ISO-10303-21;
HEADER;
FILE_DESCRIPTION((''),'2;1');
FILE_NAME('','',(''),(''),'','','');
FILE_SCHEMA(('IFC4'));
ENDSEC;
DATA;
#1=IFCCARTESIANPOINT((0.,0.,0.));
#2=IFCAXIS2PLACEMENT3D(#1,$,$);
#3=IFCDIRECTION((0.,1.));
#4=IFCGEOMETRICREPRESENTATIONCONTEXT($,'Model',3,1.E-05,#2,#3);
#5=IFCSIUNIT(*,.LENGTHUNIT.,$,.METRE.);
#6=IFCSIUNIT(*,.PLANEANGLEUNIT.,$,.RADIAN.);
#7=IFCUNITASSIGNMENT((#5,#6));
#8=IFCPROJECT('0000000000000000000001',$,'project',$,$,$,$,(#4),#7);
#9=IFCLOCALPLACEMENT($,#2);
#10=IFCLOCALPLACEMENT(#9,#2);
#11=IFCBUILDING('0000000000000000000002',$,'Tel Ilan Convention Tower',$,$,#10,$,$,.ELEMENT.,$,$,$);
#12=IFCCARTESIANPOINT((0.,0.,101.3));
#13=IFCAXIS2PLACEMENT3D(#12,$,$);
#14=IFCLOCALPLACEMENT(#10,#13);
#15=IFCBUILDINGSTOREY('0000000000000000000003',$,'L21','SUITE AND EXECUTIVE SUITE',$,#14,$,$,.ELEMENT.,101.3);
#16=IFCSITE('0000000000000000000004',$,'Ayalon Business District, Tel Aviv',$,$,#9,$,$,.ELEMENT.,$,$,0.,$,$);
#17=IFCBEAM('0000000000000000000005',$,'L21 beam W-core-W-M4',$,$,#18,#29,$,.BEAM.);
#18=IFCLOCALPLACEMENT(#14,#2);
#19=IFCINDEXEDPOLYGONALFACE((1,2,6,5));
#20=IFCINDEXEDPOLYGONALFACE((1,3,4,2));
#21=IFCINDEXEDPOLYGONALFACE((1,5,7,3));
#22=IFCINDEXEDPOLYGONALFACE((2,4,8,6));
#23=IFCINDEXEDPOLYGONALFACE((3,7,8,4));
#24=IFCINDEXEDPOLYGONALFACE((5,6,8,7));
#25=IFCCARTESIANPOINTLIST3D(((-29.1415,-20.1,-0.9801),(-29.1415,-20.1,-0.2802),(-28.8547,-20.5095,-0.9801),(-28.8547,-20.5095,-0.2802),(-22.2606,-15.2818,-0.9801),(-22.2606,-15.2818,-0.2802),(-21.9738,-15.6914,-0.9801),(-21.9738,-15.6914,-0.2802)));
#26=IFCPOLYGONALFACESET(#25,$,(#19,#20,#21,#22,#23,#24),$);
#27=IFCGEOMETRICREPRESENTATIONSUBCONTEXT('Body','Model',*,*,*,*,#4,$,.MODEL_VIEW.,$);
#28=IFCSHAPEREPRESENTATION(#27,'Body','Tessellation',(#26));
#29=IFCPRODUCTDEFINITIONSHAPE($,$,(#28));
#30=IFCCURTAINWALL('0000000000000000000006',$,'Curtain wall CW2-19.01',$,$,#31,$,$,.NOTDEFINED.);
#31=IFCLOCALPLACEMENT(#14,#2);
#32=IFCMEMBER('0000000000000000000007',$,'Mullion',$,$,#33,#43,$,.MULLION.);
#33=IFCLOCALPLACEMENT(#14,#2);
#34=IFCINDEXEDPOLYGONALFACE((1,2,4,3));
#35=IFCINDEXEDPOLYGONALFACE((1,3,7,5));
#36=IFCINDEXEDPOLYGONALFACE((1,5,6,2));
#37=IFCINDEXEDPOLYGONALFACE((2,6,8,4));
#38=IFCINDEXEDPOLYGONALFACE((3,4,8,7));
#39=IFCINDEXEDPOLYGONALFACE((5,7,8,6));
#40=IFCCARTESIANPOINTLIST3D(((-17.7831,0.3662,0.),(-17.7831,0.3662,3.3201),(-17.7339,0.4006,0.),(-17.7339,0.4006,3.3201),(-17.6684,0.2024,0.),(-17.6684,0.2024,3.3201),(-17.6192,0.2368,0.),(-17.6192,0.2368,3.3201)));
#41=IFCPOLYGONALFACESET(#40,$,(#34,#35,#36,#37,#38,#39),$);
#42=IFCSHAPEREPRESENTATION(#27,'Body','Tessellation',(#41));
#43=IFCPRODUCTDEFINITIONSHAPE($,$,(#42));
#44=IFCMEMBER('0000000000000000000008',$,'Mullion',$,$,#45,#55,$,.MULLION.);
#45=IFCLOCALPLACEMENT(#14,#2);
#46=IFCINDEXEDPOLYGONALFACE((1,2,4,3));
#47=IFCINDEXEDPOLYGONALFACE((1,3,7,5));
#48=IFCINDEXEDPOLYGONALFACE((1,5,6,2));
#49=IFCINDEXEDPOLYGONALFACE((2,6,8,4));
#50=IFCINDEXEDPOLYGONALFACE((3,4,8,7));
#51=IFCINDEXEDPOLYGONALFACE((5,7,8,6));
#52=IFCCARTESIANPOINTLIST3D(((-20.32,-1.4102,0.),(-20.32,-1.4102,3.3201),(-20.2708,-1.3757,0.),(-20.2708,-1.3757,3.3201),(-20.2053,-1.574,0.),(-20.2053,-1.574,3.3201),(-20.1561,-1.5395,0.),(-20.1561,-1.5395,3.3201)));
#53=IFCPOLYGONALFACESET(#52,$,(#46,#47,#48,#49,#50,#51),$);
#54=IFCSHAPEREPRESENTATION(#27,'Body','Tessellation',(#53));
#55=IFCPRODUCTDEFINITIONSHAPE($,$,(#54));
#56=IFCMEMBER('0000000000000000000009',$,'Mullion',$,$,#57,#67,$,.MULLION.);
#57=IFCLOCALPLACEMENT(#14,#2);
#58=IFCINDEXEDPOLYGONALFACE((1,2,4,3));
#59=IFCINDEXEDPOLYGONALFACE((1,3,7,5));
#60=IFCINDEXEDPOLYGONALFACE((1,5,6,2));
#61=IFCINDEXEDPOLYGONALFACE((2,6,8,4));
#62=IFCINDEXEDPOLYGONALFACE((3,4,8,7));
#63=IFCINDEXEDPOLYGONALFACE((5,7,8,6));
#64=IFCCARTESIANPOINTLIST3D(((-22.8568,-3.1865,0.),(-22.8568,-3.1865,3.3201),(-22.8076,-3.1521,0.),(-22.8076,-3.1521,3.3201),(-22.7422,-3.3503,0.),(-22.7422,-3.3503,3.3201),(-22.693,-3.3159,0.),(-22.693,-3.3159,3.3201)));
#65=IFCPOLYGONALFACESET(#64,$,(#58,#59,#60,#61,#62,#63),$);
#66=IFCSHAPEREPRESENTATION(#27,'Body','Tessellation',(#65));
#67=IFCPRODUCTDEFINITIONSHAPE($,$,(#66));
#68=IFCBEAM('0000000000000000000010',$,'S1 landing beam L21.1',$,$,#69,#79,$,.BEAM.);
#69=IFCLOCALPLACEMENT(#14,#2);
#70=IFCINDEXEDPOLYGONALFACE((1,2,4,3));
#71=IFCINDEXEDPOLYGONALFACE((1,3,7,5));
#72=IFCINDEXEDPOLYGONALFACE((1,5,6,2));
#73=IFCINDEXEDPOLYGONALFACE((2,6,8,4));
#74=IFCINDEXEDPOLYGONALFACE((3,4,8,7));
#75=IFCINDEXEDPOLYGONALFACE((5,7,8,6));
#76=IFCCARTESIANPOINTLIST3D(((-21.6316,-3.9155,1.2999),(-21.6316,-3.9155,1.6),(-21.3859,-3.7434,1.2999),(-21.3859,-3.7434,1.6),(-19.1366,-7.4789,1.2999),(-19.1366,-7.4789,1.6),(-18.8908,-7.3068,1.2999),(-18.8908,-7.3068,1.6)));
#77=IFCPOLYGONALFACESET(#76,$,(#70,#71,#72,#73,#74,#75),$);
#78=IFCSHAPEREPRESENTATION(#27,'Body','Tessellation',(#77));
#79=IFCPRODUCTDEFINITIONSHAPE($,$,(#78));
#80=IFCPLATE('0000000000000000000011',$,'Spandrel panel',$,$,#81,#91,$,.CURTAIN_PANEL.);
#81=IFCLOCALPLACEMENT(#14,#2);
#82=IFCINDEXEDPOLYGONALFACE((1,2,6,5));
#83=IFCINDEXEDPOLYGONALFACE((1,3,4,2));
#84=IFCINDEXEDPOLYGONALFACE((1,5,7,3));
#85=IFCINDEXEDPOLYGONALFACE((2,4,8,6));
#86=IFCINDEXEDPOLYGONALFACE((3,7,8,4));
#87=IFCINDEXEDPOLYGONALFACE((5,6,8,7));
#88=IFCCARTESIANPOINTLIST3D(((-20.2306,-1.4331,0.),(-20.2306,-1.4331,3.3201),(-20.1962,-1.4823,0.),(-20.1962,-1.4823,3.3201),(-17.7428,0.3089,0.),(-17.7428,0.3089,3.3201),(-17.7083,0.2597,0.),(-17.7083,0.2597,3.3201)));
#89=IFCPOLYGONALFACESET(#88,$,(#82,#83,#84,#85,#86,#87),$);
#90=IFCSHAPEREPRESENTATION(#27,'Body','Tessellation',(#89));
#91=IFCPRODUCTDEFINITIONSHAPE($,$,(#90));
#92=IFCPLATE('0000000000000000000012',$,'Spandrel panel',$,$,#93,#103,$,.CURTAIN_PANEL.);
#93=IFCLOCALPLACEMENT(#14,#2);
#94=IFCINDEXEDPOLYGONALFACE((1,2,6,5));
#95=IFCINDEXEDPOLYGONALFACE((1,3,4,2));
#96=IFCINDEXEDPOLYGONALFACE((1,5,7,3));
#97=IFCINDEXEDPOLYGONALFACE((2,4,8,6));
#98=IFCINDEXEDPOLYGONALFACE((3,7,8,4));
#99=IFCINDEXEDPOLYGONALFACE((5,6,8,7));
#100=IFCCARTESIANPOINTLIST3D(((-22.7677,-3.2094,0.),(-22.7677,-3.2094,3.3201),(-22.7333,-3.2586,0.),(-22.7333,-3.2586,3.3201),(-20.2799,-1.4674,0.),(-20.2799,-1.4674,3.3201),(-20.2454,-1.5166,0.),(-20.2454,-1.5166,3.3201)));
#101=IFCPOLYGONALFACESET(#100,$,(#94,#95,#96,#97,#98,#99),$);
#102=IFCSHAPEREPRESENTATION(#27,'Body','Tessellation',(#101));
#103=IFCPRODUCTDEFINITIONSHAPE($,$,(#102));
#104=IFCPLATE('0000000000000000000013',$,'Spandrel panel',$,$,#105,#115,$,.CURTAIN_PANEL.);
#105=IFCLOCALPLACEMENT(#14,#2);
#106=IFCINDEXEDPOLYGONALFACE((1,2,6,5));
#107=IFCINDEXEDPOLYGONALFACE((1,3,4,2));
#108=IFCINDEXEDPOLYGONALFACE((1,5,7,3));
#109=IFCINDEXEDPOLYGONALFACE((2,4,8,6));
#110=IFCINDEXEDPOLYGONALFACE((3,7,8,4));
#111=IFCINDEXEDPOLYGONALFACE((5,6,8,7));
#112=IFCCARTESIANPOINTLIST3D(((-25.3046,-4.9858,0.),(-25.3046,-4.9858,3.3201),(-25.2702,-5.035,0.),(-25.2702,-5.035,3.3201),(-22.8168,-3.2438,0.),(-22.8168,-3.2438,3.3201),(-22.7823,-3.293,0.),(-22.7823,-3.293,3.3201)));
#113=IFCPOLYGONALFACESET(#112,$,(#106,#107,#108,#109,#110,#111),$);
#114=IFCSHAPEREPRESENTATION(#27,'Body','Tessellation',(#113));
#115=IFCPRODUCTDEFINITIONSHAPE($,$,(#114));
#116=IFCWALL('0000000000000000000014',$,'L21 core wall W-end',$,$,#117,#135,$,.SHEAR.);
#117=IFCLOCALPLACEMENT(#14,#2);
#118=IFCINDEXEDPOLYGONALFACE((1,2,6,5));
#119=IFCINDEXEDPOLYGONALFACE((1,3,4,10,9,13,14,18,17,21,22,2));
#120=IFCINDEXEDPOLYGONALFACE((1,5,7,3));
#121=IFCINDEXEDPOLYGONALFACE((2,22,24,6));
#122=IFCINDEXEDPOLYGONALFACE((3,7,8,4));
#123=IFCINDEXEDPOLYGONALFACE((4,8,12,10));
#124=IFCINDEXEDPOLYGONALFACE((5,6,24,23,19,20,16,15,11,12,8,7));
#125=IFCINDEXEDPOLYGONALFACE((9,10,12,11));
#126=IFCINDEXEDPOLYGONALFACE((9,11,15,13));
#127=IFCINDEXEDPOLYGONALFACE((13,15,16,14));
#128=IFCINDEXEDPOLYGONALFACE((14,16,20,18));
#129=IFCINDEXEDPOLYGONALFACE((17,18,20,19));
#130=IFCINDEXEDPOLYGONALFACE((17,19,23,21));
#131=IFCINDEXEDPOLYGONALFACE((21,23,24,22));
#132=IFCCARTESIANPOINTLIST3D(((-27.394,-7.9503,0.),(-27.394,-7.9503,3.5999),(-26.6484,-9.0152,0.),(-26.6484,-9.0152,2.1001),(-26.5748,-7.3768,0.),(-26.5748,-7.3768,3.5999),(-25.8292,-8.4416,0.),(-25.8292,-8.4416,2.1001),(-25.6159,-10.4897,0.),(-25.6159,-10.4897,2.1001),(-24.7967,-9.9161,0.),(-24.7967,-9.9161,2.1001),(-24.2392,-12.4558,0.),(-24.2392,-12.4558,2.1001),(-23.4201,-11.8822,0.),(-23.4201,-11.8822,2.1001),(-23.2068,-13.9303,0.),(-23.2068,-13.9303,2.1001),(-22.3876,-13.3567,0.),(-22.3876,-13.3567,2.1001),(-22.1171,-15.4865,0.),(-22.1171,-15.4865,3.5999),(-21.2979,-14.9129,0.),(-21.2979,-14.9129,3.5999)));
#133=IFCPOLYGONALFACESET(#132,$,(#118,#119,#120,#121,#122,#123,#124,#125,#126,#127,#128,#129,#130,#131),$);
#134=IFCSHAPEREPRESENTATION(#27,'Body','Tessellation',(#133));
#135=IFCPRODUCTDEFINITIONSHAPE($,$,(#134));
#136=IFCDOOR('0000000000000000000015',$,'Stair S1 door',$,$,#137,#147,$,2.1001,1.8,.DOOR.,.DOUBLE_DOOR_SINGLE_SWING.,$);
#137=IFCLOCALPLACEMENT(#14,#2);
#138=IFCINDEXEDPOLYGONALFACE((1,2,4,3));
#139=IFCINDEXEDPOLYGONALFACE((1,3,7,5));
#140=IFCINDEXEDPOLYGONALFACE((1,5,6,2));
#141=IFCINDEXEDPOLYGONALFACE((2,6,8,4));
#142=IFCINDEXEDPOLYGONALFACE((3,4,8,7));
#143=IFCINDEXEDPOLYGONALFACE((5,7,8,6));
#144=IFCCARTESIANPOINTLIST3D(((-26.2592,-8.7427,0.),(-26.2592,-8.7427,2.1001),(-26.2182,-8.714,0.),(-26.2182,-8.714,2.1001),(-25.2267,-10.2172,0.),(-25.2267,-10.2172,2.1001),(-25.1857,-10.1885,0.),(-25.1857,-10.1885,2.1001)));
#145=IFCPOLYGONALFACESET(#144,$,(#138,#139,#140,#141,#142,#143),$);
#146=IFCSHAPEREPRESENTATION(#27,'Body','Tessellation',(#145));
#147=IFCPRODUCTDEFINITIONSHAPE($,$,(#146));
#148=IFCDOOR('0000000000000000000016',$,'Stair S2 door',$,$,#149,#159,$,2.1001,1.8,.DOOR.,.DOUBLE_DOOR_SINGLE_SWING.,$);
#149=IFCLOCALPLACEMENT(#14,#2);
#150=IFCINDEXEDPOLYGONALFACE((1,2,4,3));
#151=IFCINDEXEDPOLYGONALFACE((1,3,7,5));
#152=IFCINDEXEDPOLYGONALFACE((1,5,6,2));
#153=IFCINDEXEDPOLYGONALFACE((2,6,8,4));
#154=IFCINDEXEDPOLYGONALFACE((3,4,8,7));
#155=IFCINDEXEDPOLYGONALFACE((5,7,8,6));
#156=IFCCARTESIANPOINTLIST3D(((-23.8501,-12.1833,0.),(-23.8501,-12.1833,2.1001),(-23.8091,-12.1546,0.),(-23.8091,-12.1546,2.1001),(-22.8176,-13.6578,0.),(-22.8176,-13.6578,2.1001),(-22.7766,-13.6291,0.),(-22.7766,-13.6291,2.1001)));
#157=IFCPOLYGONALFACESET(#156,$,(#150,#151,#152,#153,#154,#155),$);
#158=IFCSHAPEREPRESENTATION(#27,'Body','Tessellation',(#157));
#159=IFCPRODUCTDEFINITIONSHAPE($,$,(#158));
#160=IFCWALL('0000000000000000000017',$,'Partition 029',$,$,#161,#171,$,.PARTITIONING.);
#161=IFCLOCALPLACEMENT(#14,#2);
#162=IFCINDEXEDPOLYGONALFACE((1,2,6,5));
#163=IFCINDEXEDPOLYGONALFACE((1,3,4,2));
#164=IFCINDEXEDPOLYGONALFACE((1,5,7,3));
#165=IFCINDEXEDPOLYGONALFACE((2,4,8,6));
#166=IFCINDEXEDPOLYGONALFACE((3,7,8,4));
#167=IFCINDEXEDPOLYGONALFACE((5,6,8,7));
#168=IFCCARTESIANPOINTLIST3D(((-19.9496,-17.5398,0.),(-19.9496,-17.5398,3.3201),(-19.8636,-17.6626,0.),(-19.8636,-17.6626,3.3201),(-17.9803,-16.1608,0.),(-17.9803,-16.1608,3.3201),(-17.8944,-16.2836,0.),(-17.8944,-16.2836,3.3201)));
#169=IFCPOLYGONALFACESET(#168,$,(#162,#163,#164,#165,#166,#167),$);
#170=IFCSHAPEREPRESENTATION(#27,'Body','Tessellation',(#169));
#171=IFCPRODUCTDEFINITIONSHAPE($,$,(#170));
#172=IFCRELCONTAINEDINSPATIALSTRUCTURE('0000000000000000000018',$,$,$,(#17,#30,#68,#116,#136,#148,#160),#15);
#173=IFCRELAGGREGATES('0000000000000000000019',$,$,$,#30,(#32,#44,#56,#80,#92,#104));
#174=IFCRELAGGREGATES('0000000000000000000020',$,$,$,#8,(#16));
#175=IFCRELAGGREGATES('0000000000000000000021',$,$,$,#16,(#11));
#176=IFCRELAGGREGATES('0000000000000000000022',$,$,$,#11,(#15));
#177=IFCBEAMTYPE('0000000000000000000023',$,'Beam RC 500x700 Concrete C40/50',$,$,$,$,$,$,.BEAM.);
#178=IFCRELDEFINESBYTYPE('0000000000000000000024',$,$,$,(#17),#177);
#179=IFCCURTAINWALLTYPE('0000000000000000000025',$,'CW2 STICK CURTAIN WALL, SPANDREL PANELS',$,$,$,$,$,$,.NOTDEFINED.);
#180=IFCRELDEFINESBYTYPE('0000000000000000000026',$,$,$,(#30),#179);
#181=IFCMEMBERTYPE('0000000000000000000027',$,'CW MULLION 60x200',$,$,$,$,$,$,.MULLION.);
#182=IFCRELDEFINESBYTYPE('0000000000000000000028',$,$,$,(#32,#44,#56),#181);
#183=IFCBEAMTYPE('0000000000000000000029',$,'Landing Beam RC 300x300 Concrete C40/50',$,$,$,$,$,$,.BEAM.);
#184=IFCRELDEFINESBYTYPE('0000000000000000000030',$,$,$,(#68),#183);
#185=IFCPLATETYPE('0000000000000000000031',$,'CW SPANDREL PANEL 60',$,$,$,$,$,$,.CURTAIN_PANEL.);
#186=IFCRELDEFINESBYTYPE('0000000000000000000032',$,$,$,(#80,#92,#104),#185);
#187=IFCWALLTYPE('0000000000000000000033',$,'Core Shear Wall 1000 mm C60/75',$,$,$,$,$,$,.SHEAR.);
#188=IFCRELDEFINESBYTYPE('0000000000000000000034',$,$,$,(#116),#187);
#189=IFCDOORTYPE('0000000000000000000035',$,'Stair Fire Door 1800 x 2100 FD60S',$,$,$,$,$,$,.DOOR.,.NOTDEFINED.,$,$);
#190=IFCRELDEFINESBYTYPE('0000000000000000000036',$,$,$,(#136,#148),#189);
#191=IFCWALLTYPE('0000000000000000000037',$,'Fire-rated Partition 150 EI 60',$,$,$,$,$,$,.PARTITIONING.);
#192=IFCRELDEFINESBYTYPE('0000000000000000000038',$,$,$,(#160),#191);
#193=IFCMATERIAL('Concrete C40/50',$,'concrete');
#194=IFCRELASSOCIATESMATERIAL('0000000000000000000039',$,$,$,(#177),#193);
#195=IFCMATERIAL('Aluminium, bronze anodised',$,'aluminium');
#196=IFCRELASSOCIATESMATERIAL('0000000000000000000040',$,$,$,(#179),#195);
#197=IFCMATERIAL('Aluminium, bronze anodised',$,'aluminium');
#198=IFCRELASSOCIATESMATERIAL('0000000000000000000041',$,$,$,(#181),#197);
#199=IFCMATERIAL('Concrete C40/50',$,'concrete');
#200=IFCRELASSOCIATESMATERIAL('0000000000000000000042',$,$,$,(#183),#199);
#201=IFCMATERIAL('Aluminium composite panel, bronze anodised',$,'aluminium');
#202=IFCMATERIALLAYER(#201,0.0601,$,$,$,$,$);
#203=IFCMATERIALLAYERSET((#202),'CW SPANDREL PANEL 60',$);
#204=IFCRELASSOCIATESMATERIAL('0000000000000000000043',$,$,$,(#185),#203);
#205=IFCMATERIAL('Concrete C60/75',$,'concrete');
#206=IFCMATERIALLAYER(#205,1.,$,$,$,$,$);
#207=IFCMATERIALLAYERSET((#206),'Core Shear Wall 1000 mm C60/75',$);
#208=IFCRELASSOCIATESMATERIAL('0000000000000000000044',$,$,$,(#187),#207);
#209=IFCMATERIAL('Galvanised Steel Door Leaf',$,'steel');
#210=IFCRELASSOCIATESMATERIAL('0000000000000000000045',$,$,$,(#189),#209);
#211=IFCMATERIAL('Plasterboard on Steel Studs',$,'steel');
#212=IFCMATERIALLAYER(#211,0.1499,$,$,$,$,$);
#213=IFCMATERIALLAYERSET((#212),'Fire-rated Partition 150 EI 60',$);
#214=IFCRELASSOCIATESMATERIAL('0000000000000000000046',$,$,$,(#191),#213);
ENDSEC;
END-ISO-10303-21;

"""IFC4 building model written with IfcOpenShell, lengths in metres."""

from ifc_helpers import new_model, si_unit, direction, frame, frame_2d, origin, origin_2d, place, context, subcontext, project, spatial, polyline, rectangle, outline, extrude, material, layer, layer_set, material_profile, profile_set, type_object, element, fill, aggregate, save


model = new_model("IFC4")

# Units and contexts
model_context = context("Model", 3, precision=1e-05, world=origin(), true_north=direction((0.0, 1.0)))
body_context = subcontext(model_context, "Body", "Model", "MODEL_VIEW")
ifc_project = project(units=[si_unit("LENGTHUNIT", "METRE"), si_unit("PLANEANGLEUNIT", "RADIAN")], contexts=[model_context])

# Site, building, storey
site_placement = place(None, origin())
site = spatial("IfcSite", under=ifc_project, at=site_placement, Name="Ayalon Business District, Tel Aviv", CompositionType="ELEMENT", RefElevation=0.0)
building_placement = place(site_placement, origin())
building = spatial("IfcBuilding", under=site, at=building_placement, Name="Tel Ilan Convention Tower", CompositionType="ELEMENT")
storey_placement = place(building_placement, frame((0.0, 0.0, 101.3)))
storey = spatial("IfcBuildingStorey", under=building, at=storey_placement, Name="L21", Description="SUITE AND EXECUTIVE SUITE", CompositionType="ELEMENT", Elevation=101.3)

# Beam
ifc_material_1 = material(Name="Concrete C40/50", Category="concrete")
ifc_material_profile_1 = material_profile(ifc_material_1, rectangle(XDim=0.5, YDim=0.7, at=origin_2d()), Name="RC 500x700")
ifc_profile_set_1 = profile_set([ifc_material_profile_1], Name="Concrete C40/50")
beam_type_1 = type_object("IfcBeamType", Name="Beam RC 500x700 Concrete C40/50", PredefinedType="BEAM", material=ifc_profile_set_1)
beam_1_placement = place(storey_placement, frame((-22.1172, -15.4866, -0.6301), z_axis=(-0.819147, -0.573583, 0.0), x_axis=(0.573583, -0.819147, 0.0)))
element("IfcBeam", 1, at=beam_1_placement, inside=storey, type_object=beam_type_1, Name="L21 beam W-core-W-M4", PredefinedType="BEAM", context=body_context, shape_type="SweptSolid", body=[
    extrude(rectangle(XDim=0.5, YDim=0.7, at=origin_2d()), origin(), (0.0, 0.0, 1.0), 8.4001),
])

# Curtain wall, members
ifc_material_2 = material(Name="Aluminium, bronze anodised", Category="aluminium")
curtain_wall_type = type_object("IfcCurtainWallType", Name="CW2 STICK CURTAIN WALL, SPANDREL PANELS", PredefinedType="NOTDEFINED", material=ifc_material_2)
curtain_wall_placement = place(storey_placement, origin())
curtain_wall = element("IfcCurtainWall", 2, at=curtain_wall_placement, inside=storey, type_object=curtain_wall_type, Name="Curtain wall CW2-19.01", PredefinedType="NOTDEFINED")
ifc_material_3 = material(Name="Aluminium, bronze anodised", Category="aluminium")
ifc_material_profile_2 = material_profile(ifc_material_3, rectangle(XDim=0.0601, YDim=0.2, at=origin_2d()), Name="CW MULLION 60x200")
ifc_profile_set_2 = profile_set([ifc_material_profile_2], Name="Aluminium, bronze anodised")
member_type = type_object("IfcMemberType", Name="CW MULLION 60x200", PredefinedType="MULLION", material=ifc_profile_set_2)
member_1_placement = place(storey_placement, frame((-17.7012, 0.3015, 0.0), z_axis=(0.0, 0.0, 1.0), x_axis=(-0.819152, -0.573576, 0.0)))
member_1 = element("IfcMember", 3, at=member_1_placement, type_object=member_type, Name="Mullion", PredefinedType="MULLION", context=body_context, shape_type="SweptSolid", body=[
    extrude(rectangle(XDim=0.0601, YDim=0.2, at=origin_2d()), origin(), (0.0, 0.0, 1.0), 3.3201),
])
member_2_placement = place(storey_placement, frame((-20.238, -1.4749, 0.0), z_axis=(0.0, 0.0, 1.0), x_axis=(-0.819152, -0.573576, 0.0)))
member_2 = element("IfcMember", 4, at=member_2_placement, type_object=member_type, Name="Mullion", PredefinedType="MULLION", context=body_context, shape_type="SweptSolid", body=[
    extrude(rectangle(XDim=0.0601, YDim=0.2, at=origin_2d()), origin(), (0.0, 0.0, 1.0), 3.3201),
])
member_3_placement = place(storey_placement, frame((-22.7749, -3.2512, 0.0), z_axis=(0.0, 0.0, 1.0), x_axis=(-0.819152, -0.573576, 0.0)))
member_3 = element("IfcMember", 5, at=member_3_placement, type_object=member_type, Name="Mullion", PredefinedType="MULLION", context=body_context, shape_type="SweptSolid", body=[
    extrude(rectangle(XDim=0.0601, YDim=0.2, at=origin_2d()), origin(), (0.0, 0.0, 1.0), 3.3201),
])

# Beam
ifc_material_4 = material(Name="Concrete C40/50", Category="concrete")
ifc_material_profile_3 = material_profile(ifc_material_4, rectangle(XDim=0.3, YDim=0.3, at=origin_2d()), Name="RC 300x300")
ifc_profile_set_3 = profile_set([ifc_material_profile_3], Name="Concrete C40/50")
beam_type_2 = type_object("IfcBeamType", Name="Landing Beam RC 300x300 Concrete C40/50", PredefinedType="BEAM", material=ifc_profile_set_3)
beam_2_placement = place(storey_placement, frame((-19.0137, -7.3928, 1.45), z_axis=(-0.573568, 0.819158, 0.0), x_axis=(-0.819158, -0.573568, 0.0)))
element("IfcBeam", 6, at=beam_2_placement, inside=storey, type_object=beam_type_2, Name="S1 landing beam L21.1", PredefinedType="BEAM", context=body_context, shape_type="SweptSolid", body=[
    extrude(rectangle(XDim=0.3, YDim=0.3, at=origin_2d()), origin(), (0.0, 0.0, 1.0), 4.3501),
])

# Plates
ifc_material_5 = material(Name="Aluminium composite panel, bronze anodised", Category="aluminium")
ifc_layer_1 = layer(ifc_material_5, 0.0601)
ifc_layer_set_1 = layer_set([ifc_layer_1], Name="CW SPANDREL PANEL 60")
plate_type = type_object("IfcPlateType", Name="CW SPANDREL PANEL 60", PredefinedType="CURTAIN_PANEL", material=ifc_layer_set_1)
plate_1_placement = place(storey_placement, frame((-18.9695, -0.5867, 0.0), z_axis=(0.0, 0.0, 1.0), x_axis=(-0.819152, -0.573576, 0.0)))
plate_1 = element("IfcPlate", 7, at=plate_1_placement, type_object=plate_type, Name="Spandrel panel", PredefinedType="CURTAIN_PANEL", context=body_context, shape_type="SweptSolid", body=[
    extrude(rectangle(XDim=3.0371, YDim=0.0601, at=origin_2d()), origin(), (0.0, 0.0, 1.0), 3.3201),
])
plate_2_placement = place(storey_placement, frame((-21.5066, -2.363, 0.0), z_axis=(0.0, 0.0, 1.0), x_axis=(-0.819152, -0.573576, 0.0)))
plate_2 = element("IfcPlate", 8, at=plate_2_placement, type_object=plate_type, Name="Spandrel panel", PredefinedType="CURTAIN_PANEL", context=body_context, shape_type="SweptSolid", body=[
    extrude(rectangle(XDim=3.0371, YDim=0.0601, at=origin_2d()), origin(), (0.0, 0.0, 1.0), 3.3201),
])
plate_3_placement = place(storey_placement, frame((-24.0435, -4.1394, 0.0), z_axis=(0.0, 0.0, 1.0), x_axis=(-0.819152, -0.573576, 0.0)))
plate_3 = element("IfcPlate", 9, at=plate_3_placement, type_object=plate_type, Name="Spandrel panel", PredefinedType="CURTAIN_PANEL", context=body_context, shape_type="SweptSolid", body=[
    extrude(rectangle(XDim=3.0371, YDim=0.0601, at=origin_2d()), origin(), (0.0, 0.0, 1.0), 3.3201),
])
aggregate(curtain_wall, [member_1, member_2, member_3, plate_1, plate_2, plate_3])

# Wall, openings, doors
ifc_material_6 = material(Name="Concrete C60/75", Category="concrete")
ifc_layer_2 = layer(ifc_material_6, 1.0)
ifc_layer_set_2 = layer_set([ifc_layer_2], Name="Core Shear Wall 1000 mm C60/75")
wall_type_1 = type_object("IfcWallType", Name="Core Shear Wall 1000 mm C60/75", PredefinedType="SHEAR", material=ifc_layer_set_2)
wall_1_placement = place(storey_placement, frame((-21.7075, -15.1997, 0.0), z_axis=(0.0, 0.0, 1.0), x_axis=(-0.573576, 0.819152, 0.0)))
wall_1 = element("IfcWall", 10, at=wall_1_placement, inside=storey, type_object=wall_type_1, Name="L21 core wall W-end", PredefinedType="SHEAR", context=body_context, shape_type="SweptSolid", body=[
    extrude(outline(polyline([(0.0, 0.5), (0.0, -0.5), (9.2, -0.5), (9.2, 0.5), (0.0, 0.5)])), origin(), (0.0, 0.0, 1.0), 3.5999),
])
opening_1_placement = place(wall_1_placement, frame((6.1001, 0.0, 0.0)))
opening_1 = element("IfcOpeningElement", 11, at=opening_1_placement, cuts=wall_1, PredefinedType="OPENING", context=body_context, shape_type="SweptSolid", body=[
    extrude(rectangle(XDim=1.8, YDim=2.1001, at=frame_2d((0.8999, 1.05))), frame((0.0, 0.51, 0.0), z_axis=(0.0, -1.0, 0.0), x_axis=(1.0, 0.0, 0.0)), (0.0, 0.0, 1.0), 1.02),
])
opening_2_placement = place(wall_1_placement, frame((1.8999, 0.0, 0.0)))
opening_2 = element("IfcOpeningElement", 12, at=opening_2_placement, cuts=wall_1, PredefinedType="OPENING", context=body_context, shape_type="SweptSolid", body=[
    extrude(rectangle(XDim=1.8, YDim=2.1001, at=frame_2d((0.8999, 1.05))), frame((0.0, 0.51, 0.0), z_axis=(0.0, -1.0, 0.0), x_axis=(1.0, 0.0, 0.0)), (0.0, 0.0, 1.0), 1.02),
])
ifc_material_7 = material(Name="Galvanised Steel Door Leaf", Category="steel")
door_type = type_object("IfcDoorType", Name="Stair Fire Door 1800 x 2100 FD60S", OperationType="NOTDEFINED", PredefinedType="DOOR", material=ifc_material_7)
door_1_placement = place(opening_1_placement, origin())
door_1 = element("IfcDoor", 13, at=door_1_placement, inside=storey, type_object=door_type, Name="Stair S1 door", OperationType="DOUBLE_DOOR_SINGLE_SWING", OverallHeight=2.1001, OverallWidth=1.8, PredefinedType="DOOR", context=body_context, shape_type="SweptSolid", body=[
    extrude(rectangle(XDim=1.8, YDim=2.1001, at=frame_2d((0.8999, 1.05))), frame((0.0, 0.0249, 0.0), z_axis=(0.0, -1.0, 0.0), x_axis=(1.0, 0.0, 0.0)), (0.0, 0.0, 1.0), 0.05),
])
fill(opening_1, door_1)
door_2_placement = place(opening_2_placement, origin())
door_2 = element("IfcDoor", 14, at=door_2_placement, inside=storey, type_object=door_type, Name="Stair S2 door", OperationType="DOUBLE_DOOR_SINGLE_SWING", OverallHeight=2.1001, OverallWidth=1.8, PredefinedType="DOOR", context=body_context, shape_type="SweptSolid", body=[
    extrude(rectangle(XDim=1.8, YDim=2.1001, at=frame_2d((0.8999, 1.05))), frame((0.0, 0.0249, 0.0), z_axis=(0.0, -1.0, 0.0), x_axis=(1.0, 0.0, 0.0)), (0.0, 0.0, 1.0), 0.05),
])
fill(opening_2, door_2)

# Wall
ifc_material_8 = material(Name="Plasterboard on Steel Studs", Category="steel")
ifc_layer_3 = layer(ifc_material_8, 0.1499)
ifc_layer_set_3 = layer_set([ifc_layer_3], Name="Fire-rated Partition 150 EI 60")
wall_type_2 = type_object("IfcWallType", Name="Fire-rated Partition 150 EI 60", PredefinedType="PARTITIONING", material=ifc_layer_set_3)
wall_2_placement = place(storey_placement, frame((-17.9373, -16.2222, 0.0), z_axis=(0.0, 0.0, 1.0), x_axis=(-0.819146, -0.573585, 0.0)))
element("IfcWall", 15, at=wall_2_placement, inside=storey, type_object=wall_type_2, Name="Partition 029", PredefinedType="PARTITIONING", context=body_context, shape_type="SweptSolid", body=[
    extrude(rectangle(XDim=2.4041, YDim=0.1499, at=frame_2d((1.2021, 0.0))), origin(), (0.0, 0.0, 1.0), 3.3201),
])

save(model, "model.ifc")
